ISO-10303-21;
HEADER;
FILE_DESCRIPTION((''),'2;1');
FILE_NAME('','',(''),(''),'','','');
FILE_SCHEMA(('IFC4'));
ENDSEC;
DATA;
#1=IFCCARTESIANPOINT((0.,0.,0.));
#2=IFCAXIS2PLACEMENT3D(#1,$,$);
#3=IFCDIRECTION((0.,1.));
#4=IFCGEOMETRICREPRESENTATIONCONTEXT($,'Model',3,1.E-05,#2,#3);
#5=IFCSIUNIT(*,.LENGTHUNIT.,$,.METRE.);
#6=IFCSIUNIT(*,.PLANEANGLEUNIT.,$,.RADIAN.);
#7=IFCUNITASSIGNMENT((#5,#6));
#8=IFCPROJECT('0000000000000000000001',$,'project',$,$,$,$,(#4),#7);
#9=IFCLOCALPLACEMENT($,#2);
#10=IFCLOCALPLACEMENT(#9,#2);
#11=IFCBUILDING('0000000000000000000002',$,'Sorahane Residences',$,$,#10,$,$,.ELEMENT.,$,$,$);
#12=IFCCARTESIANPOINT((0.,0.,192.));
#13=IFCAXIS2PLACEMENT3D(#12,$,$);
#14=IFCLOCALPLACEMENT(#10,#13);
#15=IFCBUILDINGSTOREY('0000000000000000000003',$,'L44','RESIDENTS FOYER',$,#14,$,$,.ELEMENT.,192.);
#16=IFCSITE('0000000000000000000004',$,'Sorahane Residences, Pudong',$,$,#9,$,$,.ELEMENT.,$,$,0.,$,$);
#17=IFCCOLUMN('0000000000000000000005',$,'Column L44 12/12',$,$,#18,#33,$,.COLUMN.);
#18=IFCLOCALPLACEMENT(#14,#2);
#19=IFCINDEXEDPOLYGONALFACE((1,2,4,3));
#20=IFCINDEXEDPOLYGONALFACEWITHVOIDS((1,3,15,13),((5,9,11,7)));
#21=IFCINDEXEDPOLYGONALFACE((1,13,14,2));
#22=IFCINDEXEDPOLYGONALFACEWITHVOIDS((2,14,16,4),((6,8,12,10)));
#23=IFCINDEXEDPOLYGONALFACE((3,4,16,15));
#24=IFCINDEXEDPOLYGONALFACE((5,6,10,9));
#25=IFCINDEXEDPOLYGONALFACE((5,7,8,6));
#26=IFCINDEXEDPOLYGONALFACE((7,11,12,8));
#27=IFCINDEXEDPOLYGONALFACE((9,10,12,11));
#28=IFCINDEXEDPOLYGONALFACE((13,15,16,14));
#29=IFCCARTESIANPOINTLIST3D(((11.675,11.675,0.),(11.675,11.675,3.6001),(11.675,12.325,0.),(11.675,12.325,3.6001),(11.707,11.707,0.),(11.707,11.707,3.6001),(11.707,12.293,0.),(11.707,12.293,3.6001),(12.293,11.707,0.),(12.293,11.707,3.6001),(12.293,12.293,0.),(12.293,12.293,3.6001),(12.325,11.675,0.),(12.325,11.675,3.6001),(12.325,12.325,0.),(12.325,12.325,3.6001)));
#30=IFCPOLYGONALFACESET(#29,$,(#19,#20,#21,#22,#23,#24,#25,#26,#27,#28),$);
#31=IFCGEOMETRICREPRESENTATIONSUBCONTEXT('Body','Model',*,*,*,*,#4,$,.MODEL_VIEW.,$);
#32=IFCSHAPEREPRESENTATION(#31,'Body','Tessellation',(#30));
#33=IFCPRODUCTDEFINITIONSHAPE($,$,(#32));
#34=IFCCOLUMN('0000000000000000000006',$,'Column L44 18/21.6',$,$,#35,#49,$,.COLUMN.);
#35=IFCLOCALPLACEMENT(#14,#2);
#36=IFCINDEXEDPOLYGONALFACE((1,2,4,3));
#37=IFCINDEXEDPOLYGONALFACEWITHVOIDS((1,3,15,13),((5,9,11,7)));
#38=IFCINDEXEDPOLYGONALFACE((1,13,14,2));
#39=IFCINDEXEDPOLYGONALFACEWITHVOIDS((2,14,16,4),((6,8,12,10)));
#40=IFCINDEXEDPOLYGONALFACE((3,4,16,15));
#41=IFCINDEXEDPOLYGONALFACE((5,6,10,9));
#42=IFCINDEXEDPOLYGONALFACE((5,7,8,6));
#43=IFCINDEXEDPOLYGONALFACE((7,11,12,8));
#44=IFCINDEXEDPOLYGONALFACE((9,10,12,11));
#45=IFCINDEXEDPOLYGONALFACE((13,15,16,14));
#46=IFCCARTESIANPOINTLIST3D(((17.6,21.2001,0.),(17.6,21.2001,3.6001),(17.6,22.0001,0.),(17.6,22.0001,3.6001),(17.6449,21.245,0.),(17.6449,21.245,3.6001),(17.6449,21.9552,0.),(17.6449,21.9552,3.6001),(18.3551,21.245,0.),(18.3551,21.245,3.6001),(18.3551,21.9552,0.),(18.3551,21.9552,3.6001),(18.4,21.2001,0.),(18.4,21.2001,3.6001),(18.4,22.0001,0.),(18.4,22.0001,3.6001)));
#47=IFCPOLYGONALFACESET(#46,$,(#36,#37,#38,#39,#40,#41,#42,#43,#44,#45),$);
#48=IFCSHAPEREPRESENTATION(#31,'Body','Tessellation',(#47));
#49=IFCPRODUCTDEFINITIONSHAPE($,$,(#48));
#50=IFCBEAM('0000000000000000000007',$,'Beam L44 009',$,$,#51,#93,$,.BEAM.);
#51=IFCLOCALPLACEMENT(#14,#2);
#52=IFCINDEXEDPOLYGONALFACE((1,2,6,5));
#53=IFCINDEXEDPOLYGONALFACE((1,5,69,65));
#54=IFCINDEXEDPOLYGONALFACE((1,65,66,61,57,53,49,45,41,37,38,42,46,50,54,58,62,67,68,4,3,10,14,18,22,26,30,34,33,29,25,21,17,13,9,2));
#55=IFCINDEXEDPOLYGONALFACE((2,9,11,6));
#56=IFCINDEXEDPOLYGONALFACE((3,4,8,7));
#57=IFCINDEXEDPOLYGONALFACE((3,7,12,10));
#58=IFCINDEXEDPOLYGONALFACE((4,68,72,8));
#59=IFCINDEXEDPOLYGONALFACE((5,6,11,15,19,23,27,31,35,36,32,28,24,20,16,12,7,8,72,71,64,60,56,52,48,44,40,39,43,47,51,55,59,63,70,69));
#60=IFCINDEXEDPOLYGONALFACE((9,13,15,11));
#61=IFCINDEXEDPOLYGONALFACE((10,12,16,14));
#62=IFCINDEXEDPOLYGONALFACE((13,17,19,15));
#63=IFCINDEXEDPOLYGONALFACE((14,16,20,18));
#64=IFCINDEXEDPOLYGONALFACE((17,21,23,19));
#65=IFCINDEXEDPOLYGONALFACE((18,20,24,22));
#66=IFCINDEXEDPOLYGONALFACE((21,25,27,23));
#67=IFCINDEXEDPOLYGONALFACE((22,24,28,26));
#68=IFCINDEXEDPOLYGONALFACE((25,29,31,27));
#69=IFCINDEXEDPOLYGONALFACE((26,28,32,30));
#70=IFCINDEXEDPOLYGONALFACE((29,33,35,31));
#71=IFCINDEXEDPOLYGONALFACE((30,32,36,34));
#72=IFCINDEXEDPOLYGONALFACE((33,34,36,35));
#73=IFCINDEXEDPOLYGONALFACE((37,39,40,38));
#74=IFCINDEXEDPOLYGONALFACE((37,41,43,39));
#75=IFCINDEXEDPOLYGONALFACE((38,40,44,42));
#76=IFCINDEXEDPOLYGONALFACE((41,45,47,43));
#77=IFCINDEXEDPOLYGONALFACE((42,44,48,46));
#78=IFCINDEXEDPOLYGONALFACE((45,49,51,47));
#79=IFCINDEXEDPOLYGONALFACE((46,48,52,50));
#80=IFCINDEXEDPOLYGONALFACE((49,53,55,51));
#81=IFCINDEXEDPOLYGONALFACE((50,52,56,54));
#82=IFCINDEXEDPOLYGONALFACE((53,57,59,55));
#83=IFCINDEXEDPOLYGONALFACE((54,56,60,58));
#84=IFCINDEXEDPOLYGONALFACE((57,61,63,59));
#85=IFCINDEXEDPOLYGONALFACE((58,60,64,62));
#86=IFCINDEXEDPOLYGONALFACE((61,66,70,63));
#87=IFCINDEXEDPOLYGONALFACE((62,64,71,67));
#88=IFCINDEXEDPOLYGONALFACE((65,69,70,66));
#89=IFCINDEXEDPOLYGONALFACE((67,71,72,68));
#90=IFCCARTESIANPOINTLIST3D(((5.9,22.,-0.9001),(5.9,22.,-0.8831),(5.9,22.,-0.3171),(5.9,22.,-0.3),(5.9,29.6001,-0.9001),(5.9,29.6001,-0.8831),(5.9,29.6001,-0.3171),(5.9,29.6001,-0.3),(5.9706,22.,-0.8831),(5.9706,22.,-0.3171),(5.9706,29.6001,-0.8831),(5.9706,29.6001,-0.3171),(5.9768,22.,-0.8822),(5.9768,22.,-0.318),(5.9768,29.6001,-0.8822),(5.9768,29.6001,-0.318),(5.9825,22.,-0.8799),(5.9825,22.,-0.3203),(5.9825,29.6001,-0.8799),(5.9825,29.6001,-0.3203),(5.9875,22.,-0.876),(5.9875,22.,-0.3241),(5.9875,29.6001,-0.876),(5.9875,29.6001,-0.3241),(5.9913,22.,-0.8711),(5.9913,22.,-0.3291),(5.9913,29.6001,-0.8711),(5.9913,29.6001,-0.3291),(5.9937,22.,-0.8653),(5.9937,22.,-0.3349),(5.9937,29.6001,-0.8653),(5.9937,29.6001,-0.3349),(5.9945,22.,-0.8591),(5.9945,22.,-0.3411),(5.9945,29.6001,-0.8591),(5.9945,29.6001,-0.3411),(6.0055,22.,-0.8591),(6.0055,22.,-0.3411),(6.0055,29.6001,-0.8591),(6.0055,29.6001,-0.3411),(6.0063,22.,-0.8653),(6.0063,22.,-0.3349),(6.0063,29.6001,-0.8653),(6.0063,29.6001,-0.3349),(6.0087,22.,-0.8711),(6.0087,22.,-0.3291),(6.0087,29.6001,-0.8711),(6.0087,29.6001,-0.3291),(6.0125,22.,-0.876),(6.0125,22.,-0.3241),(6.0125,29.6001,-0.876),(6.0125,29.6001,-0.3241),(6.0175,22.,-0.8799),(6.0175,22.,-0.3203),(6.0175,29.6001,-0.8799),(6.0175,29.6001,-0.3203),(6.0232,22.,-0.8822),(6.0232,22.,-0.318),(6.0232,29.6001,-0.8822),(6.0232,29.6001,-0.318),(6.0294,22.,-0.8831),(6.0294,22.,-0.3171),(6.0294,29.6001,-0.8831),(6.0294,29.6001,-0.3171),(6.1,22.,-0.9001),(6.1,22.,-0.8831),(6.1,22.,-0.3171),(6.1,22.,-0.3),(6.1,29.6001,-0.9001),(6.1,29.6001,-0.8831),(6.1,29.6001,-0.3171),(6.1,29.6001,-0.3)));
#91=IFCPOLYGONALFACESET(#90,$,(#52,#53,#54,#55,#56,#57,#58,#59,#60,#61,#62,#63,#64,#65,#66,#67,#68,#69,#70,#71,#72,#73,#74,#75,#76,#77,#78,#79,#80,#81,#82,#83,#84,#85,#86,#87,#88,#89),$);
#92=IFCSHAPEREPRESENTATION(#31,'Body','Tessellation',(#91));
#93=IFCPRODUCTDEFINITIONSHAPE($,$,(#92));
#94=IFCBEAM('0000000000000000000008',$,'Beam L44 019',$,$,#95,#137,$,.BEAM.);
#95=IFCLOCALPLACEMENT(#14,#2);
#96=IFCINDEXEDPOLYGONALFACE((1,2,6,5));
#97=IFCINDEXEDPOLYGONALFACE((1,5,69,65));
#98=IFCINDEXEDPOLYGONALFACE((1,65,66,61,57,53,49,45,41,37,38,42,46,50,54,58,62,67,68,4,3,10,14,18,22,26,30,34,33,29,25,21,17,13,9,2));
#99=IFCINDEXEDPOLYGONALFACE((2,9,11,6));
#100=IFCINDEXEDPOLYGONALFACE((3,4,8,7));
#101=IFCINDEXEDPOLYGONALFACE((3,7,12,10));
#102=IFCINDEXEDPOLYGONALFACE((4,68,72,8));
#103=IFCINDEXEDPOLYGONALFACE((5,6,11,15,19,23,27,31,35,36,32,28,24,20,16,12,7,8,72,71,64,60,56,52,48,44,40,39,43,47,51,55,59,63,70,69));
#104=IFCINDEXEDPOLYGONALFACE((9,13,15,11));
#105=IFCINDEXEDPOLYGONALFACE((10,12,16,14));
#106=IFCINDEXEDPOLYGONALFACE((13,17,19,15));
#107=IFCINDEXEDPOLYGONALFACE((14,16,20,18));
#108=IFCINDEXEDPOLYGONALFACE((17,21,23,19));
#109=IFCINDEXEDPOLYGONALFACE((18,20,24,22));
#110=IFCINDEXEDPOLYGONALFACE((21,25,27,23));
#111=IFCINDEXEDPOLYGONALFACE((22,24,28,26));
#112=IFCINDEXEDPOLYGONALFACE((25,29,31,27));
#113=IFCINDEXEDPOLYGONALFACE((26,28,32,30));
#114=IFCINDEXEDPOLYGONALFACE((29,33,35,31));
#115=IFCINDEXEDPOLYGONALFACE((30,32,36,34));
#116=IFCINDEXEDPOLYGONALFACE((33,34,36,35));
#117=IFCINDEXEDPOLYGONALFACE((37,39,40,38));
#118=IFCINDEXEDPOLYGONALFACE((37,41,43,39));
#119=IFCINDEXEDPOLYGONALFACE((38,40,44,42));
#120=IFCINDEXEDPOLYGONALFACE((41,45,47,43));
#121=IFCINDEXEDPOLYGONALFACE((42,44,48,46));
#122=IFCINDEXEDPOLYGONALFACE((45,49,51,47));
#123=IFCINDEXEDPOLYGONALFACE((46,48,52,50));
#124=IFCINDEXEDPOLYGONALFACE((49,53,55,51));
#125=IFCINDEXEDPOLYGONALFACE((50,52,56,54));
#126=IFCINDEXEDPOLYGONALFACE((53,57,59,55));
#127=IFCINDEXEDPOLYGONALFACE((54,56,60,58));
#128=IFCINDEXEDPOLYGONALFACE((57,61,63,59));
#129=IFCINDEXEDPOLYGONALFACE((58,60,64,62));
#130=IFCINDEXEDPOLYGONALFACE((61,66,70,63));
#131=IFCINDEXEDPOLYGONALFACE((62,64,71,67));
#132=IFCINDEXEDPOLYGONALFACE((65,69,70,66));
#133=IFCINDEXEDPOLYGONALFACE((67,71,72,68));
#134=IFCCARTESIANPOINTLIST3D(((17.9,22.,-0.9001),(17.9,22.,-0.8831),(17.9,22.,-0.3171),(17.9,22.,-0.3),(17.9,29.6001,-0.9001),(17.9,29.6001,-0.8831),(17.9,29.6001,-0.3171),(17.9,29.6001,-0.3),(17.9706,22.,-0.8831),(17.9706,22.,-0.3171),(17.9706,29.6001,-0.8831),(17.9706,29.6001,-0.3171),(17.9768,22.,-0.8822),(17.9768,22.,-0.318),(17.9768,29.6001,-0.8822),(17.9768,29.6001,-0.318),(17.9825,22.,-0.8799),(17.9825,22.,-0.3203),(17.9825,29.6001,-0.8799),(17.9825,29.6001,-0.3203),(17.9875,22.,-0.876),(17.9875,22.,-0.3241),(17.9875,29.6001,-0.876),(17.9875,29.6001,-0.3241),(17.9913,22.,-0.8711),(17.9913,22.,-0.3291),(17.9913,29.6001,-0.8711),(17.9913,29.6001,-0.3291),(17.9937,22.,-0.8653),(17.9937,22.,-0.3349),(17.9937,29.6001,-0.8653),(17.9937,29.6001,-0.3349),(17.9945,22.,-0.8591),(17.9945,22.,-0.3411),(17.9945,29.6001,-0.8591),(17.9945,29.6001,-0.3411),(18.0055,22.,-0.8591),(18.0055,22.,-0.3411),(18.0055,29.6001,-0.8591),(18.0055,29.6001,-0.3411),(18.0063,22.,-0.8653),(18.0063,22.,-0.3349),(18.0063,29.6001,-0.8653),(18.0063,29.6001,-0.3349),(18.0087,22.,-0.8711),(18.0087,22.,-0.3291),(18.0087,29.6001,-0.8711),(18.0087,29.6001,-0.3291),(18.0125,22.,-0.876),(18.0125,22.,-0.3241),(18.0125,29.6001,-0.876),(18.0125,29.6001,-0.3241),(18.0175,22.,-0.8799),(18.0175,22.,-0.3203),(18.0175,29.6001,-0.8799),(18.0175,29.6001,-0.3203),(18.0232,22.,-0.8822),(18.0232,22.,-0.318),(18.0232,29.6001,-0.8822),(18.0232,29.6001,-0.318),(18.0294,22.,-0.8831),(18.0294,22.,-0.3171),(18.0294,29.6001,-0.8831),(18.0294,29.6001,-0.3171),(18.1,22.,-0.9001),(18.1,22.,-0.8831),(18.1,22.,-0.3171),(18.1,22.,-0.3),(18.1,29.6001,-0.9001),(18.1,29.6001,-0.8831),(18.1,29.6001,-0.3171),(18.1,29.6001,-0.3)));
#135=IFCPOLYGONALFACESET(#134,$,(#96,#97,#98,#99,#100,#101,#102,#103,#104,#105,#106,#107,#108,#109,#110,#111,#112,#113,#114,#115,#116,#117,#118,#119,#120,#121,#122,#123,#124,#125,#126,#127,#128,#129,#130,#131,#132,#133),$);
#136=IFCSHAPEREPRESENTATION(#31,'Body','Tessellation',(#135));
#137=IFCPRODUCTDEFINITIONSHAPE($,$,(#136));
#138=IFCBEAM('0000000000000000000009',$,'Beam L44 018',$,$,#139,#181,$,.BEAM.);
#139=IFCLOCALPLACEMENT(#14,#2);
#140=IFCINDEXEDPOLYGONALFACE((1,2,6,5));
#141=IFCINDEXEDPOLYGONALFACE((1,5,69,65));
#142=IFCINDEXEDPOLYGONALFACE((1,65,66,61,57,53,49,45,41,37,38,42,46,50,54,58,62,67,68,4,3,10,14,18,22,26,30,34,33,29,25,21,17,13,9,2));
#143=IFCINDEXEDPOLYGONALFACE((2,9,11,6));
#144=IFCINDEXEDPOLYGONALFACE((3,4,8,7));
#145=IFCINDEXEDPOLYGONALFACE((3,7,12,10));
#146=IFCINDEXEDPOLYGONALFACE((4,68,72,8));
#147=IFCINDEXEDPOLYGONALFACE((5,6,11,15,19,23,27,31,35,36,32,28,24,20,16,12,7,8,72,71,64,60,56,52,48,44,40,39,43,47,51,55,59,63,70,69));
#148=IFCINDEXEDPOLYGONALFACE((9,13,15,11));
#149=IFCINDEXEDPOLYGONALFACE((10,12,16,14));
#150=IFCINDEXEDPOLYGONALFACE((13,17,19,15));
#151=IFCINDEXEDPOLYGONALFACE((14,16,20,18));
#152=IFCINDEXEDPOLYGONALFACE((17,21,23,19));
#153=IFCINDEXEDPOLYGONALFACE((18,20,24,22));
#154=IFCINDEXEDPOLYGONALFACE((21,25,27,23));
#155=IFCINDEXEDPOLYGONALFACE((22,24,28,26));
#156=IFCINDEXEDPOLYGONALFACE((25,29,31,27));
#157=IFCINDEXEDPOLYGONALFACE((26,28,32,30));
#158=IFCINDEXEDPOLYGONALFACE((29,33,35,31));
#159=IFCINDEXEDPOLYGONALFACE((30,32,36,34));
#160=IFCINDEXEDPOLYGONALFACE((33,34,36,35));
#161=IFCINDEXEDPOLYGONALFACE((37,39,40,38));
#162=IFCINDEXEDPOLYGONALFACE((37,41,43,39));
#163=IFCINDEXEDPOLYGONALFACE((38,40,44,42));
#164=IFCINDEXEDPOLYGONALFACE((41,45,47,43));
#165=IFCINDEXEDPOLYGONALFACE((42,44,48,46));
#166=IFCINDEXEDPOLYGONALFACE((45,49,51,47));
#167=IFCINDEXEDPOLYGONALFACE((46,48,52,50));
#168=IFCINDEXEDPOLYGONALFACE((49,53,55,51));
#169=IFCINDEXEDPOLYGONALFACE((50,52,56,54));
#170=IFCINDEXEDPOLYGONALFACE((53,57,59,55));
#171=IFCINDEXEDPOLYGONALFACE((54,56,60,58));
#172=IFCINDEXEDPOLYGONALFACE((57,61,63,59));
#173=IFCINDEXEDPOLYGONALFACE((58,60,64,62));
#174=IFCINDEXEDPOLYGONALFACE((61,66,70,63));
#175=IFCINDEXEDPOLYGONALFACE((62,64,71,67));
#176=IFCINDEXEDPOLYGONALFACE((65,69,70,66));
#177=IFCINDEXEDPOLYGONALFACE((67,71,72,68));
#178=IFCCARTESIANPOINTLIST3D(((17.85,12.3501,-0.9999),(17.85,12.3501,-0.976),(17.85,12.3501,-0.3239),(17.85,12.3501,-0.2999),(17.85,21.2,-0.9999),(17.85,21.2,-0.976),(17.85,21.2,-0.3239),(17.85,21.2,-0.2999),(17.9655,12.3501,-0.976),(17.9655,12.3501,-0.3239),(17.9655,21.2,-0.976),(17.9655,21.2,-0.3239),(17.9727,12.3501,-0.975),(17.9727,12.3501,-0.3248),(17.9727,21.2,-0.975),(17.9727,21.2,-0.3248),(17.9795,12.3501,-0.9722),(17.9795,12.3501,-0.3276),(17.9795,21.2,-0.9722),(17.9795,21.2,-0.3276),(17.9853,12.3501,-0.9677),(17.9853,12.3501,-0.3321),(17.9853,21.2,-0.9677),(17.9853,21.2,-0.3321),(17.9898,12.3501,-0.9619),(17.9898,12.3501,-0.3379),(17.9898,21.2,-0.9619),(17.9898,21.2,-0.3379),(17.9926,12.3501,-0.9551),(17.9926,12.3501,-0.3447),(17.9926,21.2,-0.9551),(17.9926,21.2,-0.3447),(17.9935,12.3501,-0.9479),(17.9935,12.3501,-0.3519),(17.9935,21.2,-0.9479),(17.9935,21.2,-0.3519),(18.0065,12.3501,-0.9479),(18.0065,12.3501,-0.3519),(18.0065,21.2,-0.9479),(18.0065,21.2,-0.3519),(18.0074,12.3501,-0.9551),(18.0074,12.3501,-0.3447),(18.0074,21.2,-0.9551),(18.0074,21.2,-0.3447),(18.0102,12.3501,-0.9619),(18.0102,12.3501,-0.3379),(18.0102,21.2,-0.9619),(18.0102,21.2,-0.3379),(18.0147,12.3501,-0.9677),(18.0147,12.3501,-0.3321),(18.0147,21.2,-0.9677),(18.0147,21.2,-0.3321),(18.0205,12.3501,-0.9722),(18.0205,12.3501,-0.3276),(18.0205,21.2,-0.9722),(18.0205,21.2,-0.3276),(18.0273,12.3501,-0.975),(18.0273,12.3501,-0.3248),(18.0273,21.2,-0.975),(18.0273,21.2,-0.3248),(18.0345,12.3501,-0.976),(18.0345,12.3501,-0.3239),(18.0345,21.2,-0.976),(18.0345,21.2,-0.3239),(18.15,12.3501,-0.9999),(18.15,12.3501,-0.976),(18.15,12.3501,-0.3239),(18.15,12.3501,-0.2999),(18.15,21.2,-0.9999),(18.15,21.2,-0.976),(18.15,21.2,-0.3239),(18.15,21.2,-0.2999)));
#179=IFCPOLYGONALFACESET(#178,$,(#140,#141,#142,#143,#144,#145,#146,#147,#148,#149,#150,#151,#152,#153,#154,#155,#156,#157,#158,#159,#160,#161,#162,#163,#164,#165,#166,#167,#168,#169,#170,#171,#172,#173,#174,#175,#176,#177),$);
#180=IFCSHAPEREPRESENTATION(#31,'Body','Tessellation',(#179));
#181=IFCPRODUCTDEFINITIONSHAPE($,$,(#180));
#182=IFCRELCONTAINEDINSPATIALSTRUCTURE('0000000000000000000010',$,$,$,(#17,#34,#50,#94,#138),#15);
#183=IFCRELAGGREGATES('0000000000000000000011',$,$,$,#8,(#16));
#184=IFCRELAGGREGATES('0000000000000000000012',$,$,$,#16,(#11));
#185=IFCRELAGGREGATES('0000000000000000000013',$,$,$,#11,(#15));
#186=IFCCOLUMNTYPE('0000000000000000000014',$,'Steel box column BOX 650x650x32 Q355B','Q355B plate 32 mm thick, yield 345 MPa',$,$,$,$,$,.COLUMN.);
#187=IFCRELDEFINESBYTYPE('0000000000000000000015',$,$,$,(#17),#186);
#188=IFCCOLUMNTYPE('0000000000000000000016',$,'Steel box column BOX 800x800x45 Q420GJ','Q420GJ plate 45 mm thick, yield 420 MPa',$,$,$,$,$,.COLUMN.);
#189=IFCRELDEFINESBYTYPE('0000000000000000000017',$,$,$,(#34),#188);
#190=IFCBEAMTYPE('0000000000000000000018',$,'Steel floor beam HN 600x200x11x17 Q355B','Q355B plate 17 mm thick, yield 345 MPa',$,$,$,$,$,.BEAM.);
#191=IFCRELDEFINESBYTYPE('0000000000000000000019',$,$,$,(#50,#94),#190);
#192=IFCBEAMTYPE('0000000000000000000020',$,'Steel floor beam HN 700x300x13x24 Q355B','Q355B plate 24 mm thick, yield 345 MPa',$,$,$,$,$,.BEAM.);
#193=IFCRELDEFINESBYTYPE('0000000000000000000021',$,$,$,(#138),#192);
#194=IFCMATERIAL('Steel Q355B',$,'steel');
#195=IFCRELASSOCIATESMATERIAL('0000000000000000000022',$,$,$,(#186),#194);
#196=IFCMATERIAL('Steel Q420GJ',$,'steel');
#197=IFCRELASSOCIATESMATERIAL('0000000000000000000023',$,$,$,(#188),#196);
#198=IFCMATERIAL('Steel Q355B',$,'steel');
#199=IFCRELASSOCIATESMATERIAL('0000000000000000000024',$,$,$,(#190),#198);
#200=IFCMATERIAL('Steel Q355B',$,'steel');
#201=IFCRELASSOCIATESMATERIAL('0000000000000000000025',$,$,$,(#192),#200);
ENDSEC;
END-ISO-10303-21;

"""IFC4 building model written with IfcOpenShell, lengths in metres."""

from ifc_helpers import new_model, si_unit, direction, frame, origin, origin_2d, place, context, subcontext, project, spatial, hollow_rectangle, i_section, extrude, material, material_profile, profile_set, type_object, element, save


model = new_model("IFC4")

# Units and contexts
model_context = context("Model", 3, precision=1e-05, world=origin(), true_north=direction((0.0, 1.0)))
body_context = subcontext(model_context, "Body", "Model", "MODEL_VIEW")
ifc_project = project(units=[si_unit("LENGTHUNIT", "METRE"), si_unit("PLANEANGLEUNIT", "RADIAN")], contexts=[model_context])

# Site, building, storey
site_placement = place(None, origin())
site = spatial("IfcSite", under=ifc_project, at=site_placement, Name="Sorahane Residences, Pudong", CompositionType="ELEMENT", RefElevation=0.0)
building_placement = place(site_placement, origin())
building = spatial("IfcBuilding", under=site, at=building_placement, Name="Sorahane Residences", CompositionType="ELEMENT")
storey_placement = place(building_placement, frame((0.0, 0.0, 192.0)))
storey = spatial("IfcBuildingStorey", under=building, at=storey_placement, Name="L44", Description="RESIDENTS FOYER", CompositionType="ELEMENT", Elevation=192.0)

# Columns
ifc_material_1 = material(Name="Steel Q355B", Category="steel")
ifc_material_profile_1 = material_profile(ifc_material_1, hollow_rectangle(XDim=0.6499, YDim=0.6499, WallThickness=0.032, at=origin_2d()), Name="BOX 650x650x32")
ifc_profile_set_1 = profile_set([ifc_material_profile_1], Name="Steel Q355B")
column_type_1 = type_object("IfcColumnType", Name="Steel box column BOX 650x650x32 Q355B", Description="Q355B plate 32 mm thick, yield 345 MPa", PredefinedType="COLUMN", material=ifc_profile_set_1)
column_1_placement = place(storey_placement, frame((12.0, 12.0, 0.0), z_axis=(0.0, 0.0, 1.0), x_axis=(1.0, 0.0, 0.0)))
element("IfcColumn", 1, at=column_1_placement, inside=storey, type_object=column_type_1, Name="Column L44 12/12", PredefinedType="COLUMN", context=body_context, shape_type="SweptSolid", body=[
    extrude(hollow_rectangle(XDim=0.6499, YDim=0.6499, WallThickness=0.032, at=origin_2d()), origin(), (0.0, 0.0, 1.0), 3.6001),
])
ifc_material_2 = material(Name="Steel Q420GJ", Category="steel")
ifc_material_profile_2 = material_profile(ifc_material_2, hollow_rectangle(XDim=0.8, YDim=0.8, WallThickness=0.0449, at=origin_2d()), Name="BOX 800x800x45")
ifc_profile_set_2 = profile_set([ifc_material_profile_2], Name="Steel Q420GJ")
column_type_2 = type_object("IfcColumnType", Name="Steel box column BOX 800x800x45 Q420GJ", Description="Q420GJ plate 45 mm thick, yield 420 MPa", PredefinedType="COLUMN", material=ifc_profile_set_2)
column_2_placement = place(storey_placement, frame((18.0, 21.6001, 0.0), z_axis=(0.0, 0.0, 1.0), x_axis=(1.0, 0.0, 0.0)))
element("IfcColumn", 2, at=column_2_placement, inside=storey, type_object=column_type_2, Name="Column L44 18/21.6", PredefinedType="COLUMN", context=body_context, shape_type="SweptSolid", body=[
    extrude(hollow_rectangle(XDim=0.8, YDim=0.8, WallThickness=0.0449, at=origin_2d()), origin(), (0.0, 0.0, 1.0), 3.6001),
])

# Beams
ifc_material_3 = material(Name="Steel Q355B", Category="steel")
ifc_material_profile_3 = material_profile(ifc_material_3, i_section(OverallWidth=0.2, OverallDepth=0.6001, WebThickness=0.011, FlangeThickness=0.0171, FilletRadius=0.0239, at=origin_2d()), Name="HN 600x200x11x17")
ifc_profile_set_3 = profile_set([ifc_material_profile_3], Name="Steel Q355B")
beam_type_1 = type_object("IfcBeamType", Name="Steel floor beam HN 600x200x11x17 Q355B", Description="Q355B plate 17 mm thick, yield 345 MPa", PredefinedType="BEAM", material=ifc_profile_set_3)
for number, where, z_axis, x_axis, name in (
    (3, (6.0, 22.0, -0.6001), (0.0, 1.0, 0.0), (-1.0, 0.0, 0.0), "Beam L44 009"),
    (4, (18.0, 22.0, -0.6001), (0.0, 1.0, 0.0), (-1.0, 0.0, 0.0), "Beam L44 019"),
):
    element("IfcBeam", number, at=place(storey_placement, frame(where, z_axis=z_axis, x_axis=x_axis)), inside=storey, type_object=beam_type_1, Name=name, PredefinedType="BEAM", context=body_context, shape_type="SweptSolid", body=[
        extrude(i_section(OverallWidth=0.2, OverallDepth=0.6001, WebThickness=0.011, FlangeThickness=0.0171, FilletRadius=0.0239, at=origin_2d()), origin(), (0.0, 0.0, 1.0), 7.6001),
    ])
ifc_material_4 = material(Name="Steel Q355B", Category="steel")
ifc_material_profile_4 = material_profile(ifc_material_4, i_section(OverallWidth=0.3, OverallDepth=0.7, WebThickness=0.0129, FlangeThickness=0.0239, FilletRadius=0.0281, at=origin_2d()), Name="HN 700x300x13x24")
ifc_profile_set_4 = profile_set([ifc_material_profile_4], Name="Steel Q355B")
beam_type_2 = type_object("IfcBeamType", Name="Steel floor beam HN 700x300x13x24 Q355B", Description="Q355B plate 24 mm thick, yield 345 MPa", PredefinedType="BEAM", material=ifc_profile_set_4)
beam_placement = place(storey_placement, frame((18.0, 12.3501, -0.6499), z_axis=(0.0, 1.0, 0.0), x_axis=(-1.0, 0.0, 0.0)))
element("IfcBeam", 5, at=beam_placement, inside=storey, type_object=beam_type_2, Name="Beam L44 018", PredefinedType="BEAM", context=body_context, shape_type="SweptSolid", body=[
    extrude(i_section(OverallWidth=0.3, OverallDepth=0.7, WebThickness=0.0129, FlangeThickness=0.0239, FilletRadius=0.0281, at=origin_2d()), origin(), (0.0, 0.0, 1.0), 8.8499),
])

save(model, "model.ifc")
